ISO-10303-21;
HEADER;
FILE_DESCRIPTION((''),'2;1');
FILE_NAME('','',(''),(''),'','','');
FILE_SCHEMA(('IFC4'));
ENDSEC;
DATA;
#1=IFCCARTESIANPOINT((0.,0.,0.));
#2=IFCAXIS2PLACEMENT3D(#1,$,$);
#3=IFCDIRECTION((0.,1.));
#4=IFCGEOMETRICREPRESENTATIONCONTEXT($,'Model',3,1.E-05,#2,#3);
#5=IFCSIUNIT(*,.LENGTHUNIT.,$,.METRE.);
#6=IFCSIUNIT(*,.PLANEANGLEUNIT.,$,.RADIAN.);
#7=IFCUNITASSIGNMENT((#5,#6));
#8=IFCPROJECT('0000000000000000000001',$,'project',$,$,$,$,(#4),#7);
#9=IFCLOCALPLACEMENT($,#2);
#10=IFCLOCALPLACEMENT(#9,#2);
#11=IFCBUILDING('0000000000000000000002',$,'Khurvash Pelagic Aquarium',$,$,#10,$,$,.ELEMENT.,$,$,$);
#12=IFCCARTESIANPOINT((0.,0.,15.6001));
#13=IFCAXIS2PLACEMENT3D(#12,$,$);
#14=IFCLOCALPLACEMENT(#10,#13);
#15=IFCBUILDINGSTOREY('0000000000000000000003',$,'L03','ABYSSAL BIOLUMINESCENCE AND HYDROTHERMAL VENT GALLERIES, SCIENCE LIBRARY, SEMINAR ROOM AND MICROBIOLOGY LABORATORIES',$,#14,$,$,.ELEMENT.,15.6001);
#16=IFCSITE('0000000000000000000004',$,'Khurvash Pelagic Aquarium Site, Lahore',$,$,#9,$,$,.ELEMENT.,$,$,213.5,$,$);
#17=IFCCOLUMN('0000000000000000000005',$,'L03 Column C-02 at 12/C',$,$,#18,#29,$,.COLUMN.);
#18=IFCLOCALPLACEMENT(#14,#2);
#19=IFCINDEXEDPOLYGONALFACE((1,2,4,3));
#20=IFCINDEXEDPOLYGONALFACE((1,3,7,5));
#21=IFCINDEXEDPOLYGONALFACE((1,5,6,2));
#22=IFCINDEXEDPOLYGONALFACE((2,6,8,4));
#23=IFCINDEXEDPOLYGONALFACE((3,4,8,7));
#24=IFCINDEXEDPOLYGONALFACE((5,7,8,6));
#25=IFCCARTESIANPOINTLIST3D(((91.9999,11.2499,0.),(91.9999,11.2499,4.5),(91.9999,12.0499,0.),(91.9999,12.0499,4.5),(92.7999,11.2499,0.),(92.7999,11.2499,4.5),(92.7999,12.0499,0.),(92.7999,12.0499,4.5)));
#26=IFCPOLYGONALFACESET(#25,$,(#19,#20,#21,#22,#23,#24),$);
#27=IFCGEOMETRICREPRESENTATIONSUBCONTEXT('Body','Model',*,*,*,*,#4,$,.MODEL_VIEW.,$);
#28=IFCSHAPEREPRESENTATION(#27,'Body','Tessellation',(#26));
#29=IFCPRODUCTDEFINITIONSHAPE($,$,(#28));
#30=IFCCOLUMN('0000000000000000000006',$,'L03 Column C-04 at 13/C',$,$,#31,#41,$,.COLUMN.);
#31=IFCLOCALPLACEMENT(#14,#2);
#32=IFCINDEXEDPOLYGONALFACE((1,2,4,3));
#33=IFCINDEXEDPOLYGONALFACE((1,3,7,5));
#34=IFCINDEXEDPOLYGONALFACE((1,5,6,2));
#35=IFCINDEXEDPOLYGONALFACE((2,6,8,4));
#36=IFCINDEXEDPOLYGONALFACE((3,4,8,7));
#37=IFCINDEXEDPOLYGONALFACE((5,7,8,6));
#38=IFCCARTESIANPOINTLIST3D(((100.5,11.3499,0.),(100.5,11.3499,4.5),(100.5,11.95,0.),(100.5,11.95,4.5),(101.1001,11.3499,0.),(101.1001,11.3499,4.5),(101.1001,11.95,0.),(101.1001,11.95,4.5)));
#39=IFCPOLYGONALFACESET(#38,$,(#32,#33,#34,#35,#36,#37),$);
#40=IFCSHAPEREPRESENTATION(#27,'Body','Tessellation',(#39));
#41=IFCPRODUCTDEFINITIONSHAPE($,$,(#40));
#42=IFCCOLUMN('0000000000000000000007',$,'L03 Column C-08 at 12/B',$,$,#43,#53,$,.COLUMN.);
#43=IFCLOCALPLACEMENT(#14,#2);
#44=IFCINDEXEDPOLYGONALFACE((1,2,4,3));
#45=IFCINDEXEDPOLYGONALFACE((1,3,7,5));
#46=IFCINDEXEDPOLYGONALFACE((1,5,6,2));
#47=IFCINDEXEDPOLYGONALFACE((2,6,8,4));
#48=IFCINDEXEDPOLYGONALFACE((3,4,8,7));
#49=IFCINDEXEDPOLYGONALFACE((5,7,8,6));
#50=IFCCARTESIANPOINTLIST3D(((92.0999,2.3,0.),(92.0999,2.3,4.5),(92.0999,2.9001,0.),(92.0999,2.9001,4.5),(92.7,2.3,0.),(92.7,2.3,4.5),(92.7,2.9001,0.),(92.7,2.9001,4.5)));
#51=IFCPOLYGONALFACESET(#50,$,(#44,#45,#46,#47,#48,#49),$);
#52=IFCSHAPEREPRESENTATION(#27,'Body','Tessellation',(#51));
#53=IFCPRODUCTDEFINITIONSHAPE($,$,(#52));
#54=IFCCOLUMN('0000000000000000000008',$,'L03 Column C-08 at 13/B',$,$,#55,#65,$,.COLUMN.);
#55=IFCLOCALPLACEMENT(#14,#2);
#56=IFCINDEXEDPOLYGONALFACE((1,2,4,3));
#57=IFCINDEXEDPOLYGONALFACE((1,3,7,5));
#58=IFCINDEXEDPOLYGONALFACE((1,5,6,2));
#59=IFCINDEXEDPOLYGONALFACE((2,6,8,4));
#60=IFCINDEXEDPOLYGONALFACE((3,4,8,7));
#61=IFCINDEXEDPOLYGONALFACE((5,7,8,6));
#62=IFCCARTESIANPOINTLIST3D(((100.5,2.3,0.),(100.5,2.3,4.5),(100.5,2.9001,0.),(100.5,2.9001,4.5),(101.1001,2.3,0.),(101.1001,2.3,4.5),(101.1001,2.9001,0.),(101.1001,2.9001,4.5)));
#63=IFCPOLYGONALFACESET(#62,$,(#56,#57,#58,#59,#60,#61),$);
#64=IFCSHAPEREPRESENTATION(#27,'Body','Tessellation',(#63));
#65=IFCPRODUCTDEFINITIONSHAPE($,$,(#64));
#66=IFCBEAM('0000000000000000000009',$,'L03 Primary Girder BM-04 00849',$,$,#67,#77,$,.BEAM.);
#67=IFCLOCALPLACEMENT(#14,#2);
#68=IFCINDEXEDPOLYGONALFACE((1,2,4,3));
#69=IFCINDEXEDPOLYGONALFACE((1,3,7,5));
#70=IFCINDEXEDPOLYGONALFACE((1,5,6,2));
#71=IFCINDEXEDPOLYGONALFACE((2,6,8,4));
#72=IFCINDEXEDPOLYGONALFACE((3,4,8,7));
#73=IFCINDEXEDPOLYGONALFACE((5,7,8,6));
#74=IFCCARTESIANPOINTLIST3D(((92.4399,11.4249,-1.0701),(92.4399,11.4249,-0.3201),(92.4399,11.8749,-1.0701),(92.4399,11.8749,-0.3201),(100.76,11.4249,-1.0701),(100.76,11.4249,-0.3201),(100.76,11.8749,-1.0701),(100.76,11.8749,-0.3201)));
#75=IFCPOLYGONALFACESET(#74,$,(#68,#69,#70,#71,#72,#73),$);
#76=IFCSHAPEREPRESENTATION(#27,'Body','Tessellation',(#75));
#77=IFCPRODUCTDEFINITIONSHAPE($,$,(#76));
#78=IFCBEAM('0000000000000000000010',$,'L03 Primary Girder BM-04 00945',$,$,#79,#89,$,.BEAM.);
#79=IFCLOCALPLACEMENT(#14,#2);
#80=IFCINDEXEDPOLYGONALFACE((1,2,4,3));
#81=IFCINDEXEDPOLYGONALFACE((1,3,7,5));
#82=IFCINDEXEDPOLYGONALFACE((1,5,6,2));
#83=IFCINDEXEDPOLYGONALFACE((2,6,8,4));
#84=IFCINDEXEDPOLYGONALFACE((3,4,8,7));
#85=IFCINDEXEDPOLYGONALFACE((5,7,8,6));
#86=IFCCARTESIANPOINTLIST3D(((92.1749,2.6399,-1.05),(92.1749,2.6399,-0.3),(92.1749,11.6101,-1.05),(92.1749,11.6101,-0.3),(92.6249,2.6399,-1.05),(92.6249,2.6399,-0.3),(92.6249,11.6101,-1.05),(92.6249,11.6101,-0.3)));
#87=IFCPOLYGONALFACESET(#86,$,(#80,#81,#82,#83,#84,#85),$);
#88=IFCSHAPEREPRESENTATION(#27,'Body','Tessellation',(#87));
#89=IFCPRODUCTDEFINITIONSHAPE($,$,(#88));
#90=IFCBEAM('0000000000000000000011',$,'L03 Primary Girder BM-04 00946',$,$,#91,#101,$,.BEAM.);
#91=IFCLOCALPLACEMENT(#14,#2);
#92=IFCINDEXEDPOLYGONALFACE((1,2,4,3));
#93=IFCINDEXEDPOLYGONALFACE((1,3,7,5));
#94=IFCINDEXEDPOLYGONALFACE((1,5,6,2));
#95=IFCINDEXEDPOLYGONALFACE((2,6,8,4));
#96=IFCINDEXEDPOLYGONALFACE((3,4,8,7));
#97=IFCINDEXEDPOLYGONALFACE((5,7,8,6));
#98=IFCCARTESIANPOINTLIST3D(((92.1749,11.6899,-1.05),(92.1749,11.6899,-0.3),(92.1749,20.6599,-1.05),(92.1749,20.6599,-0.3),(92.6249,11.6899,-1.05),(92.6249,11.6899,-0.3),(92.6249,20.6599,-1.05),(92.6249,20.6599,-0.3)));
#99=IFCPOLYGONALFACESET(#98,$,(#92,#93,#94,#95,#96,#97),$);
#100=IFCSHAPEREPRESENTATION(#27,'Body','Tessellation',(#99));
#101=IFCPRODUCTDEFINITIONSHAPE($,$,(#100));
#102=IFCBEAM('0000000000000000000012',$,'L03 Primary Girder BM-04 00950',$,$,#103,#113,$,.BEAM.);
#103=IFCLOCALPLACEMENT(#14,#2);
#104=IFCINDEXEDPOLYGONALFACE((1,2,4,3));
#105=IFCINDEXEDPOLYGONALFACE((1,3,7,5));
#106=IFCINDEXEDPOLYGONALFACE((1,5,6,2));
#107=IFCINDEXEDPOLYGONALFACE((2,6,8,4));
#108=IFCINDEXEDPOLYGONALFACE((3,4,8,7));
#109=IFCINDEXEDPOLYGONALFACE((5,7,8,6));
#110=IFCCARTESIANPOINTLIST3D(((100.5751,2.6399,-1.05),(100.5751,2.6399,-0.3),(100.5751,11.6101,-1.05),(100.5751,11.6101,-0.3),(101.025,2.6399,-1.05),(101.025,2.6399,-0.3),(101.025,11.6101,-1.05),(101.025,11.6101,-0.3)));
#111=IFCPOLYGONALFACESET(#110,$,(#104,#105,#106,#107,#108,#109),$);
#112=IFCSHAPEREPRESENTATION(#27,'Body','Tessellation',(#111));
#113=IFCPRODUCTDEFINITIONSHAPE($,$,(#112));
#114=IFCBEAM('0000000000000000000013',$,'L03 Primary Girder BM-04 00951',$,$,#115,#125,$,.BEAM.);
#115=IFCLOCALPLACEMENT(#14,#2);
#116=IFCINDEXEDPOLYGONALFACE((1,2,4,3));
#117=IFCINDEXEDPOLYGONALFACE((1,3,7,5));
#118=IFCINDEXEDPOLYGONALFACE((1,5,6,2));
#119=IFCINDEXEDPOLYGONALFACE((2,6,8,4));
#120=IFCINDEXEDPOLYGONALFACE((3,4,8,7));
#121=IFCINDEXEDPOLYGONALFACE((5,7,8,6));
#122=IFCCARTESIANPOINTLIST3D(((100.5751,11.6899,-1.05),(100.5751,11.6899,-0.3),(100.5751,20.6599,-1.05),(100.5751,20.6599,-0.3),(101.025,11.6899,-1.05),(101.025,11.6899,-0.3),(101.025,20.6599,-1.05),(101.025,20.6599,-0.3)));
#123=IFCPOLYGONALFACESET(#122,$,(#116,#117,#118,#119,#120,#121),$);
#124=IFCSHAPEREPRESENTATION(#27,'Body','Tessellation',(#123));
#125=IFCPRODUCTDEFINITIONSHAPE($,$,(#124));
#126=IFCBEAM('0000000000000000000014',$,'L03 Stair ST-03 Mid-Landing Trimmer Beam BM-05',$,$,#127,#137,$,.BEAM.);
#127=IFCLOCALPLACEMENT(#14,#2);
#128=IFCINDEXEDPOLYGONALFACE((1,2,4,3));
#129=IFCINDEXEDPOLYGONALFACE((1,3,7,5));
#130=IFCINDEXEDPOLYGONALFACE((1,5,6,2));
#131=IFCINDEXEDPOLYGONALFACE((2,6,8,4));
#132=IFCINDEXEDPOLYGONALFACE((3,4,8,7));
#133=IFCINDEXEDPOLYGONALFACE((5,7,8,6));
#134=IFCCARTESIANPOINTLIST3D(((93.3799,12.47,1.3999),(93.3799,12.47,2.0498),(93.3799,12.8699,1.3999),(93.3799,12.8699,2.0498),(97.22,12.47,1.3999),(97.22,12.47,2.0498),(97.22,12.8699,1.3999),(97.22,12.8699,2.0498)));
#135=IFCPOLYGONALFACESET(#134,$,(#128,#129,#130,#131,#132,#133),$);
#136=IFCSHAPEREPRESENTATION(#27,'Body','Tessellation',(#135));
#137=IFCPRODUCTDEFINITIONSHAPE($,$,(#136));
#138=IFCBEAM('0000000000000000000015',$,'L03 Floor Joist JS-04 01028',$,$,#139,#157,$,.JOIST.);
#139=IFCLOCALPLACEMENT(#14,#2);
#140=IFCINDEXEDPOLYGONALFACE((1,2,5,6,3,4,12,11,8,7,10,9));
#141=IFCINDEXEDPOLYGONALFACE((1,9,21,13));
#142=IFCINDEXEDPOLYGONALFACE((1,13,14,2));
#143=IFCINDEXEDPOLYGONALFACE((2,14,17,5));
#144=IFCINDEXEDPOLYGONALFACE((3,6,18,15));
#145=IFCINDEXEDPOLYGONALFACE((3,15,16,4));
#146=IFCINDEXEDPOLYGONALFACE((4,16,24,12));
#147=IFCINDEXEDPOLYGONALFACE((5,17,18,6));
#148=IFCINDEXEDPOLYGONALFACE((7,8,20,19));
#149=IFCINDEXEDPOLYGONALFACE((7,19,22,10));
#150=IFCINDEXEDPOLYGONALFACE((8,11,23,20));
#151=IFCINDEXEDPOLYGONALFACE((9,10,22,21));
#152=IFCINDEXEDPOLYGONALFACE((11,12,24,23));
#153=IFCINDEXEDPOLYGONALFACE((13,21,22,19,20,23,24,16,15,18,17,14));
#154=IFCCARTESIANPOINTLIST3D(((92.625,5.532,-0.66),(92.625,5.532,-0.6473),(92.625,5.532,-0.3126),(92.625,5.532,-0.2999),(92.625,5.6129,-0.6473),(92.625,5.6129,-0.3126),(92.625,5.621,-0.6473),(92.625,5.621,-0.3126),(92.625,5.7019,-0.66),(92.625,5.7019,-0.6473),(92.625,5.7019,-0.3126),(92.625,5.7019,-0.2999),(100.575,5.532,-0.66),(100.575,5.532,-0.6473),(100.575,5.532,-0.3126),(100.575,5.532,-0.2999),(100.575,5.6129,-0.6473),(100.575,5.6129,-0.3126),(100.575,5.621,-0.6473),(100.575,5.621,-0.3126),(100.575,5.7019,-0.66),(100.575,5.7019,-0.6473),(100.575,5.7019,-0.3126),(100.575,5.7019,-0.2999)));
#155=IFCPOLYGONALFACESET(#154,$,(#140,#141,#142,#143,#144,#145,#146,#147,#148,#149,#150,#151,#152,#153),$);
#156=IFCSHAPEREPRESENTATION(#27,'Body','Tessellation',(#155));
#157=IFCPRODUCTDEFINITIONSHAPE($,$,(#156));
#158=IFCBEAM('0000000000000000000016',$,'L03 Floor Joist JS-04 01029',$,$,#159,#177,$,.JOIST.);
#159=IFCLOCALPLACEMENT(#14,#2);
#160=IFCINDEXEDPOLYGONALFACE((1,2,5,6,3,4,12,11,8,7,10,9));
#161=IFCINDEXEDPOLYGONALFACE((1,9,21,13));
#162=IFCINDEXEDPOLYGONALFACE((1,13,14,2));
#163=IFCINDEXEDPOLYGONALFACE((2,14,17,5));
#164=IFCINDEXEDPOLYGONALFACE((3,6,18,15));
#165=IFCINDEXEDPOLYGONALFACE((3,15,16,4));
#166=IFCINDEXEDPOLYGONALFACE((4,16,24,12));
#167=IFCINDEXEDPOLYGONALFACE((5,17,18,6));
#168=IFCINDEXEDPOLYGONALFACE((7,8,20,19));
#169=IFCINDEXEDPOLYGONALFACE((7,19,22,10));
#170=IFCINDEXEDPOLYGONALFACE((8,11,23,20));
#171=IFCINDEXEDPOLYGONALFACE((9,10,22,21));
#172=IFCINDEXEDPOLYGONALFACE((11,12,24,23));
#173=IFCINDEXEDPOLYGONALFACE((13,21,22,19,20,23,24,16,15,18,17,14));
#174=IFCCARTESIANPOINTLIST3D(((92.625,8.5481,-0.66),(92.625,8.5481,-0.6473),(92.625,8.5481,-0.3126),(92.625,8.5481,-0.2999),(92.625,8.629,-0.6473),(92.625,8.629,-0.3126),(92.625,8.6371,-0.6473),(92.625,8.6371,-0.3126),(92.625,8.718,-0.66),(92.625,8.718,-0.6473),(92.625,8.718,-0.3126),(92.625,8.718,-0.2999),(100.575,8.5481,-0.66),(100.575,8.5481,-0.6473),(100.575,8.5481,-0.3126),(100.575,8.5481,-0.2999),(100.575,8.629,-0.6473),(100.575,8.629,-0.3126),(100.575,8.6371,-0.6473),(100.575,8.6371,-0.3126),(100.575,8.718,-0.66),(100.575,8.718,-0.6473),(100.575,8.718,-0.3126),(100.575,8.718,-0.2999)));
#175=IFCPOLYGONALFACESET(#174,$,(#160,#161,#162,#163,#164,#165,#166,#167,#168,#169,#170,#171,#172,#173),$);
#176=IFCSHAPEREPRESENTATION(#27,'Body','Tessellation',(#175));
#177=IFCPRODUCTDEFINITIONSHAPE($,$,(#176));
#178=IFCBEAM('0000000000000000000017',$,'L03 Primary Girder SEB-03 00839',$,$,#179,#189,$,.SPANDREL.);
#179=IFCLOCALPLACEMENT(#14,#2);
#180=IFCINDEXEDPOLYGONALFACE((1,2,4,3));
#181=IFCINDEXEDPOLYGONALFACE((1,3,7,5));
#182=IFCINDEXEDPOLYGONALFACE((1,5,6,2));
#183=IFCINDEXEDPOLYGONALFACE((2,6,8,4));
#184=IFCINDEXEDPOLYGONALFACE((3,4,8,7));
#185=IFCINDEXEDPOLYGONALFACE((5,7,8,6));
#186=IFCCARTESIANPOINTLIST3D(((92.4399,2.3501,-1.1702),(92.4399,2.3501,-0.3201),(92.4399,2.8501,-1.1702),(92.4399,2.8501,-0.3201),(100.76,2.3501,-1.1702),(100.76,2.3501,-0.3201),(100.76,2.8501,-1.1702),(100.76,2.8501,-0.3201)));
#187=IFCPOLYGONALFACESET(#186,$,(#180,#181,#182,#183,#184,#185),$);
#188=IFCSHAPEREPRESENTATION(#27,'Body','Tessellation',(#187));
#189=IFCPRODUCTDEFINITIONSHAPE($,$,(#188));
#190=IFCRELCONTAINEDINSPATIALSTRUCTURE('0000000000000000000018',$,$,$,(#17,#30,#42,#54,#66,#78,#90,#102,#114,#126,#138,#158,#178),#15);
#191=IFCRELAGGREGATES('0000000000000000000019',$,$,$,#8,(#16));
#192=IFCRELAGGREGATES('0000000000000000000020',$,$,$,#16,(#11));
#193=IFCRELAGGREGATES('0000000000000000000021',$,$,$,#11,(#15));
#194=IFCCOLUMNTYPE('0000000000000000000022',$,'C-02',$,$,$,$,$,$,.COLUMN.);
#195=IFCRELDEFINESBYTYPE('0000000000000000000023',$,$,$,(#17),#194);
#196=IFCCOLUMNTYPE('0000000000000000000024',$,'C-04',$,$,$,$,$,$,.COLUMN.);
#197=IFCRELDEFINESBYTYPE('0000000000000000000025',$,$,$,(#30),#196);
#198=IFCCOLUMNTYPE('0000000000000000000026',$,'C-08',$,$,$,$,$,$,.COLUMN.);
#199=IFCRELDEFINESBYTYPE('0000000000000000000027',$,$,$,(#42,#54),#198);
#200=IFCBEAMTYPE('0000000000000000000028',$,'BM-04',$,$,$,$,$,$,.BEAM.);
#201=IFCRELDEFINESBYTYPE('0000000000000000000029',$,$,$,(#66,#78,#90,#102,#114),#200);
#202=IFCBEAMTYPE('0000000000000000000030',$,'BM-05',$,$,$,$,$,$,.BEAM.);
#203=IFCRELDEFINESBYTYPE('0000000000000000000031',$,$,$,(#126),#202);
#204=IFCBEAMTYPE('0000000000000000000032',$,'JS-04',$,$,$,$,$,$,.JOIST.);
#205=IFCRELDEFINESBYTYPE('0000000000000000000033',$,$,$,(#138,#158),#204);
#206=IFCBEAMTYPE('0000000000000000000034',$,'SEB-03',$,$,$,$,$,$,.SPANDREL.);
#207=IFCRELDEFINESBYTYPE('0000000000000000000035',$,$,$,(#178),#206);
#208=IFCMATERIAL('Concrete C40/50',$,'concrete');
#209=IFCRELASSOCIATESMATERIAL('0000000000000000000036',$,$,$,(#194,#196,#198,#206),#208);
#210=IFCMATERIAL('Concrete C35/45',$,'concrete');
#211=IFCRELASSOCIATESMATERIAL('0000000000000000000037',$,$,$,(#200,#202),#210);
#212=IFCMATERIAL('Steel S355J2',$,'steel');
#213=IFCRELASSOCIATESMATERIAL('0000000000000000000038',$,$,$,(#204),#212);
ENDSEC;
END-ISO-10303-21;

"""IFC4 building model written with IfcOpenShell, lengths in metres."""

from ifc_helpers import new_model, si_unit, direction, frame, origin, origin_2d, place, context, subcontext, project, spatial, rectangle, i_section, extrude, material, material_profile, profile_set, type_object, element, save


model = new_model("IFC4")

# Units and contexts
model_context = context("Model", 3, precision=1e-05, world=origin(), true_north=direction((0.0, 1.0)))
body_context = subcontext(model_context, "Body", "Model", "MODEL_VIEW")
ifc_project = project(units=[si_unit("LENGTHUNIT", "METRE"), si_unit("PLANEANGLEUNIT", "RADIAN")], contexts=[model_context])

# Site, building, storey
site_placement = place(None, origin())
site = spatial("IfcSite", under=ifc_project, at=site_placement, Name="Khurvash Pelagic Aquarium Site, Lahore", CompositionType="ELEMENT", RefElevation=213.5)
building_placement = place(site_placement, origin())
building = spatial("IfcBuilding", under=site, at=building_placement, Name="Khurvash Pelagic Aquarium", CompositionType="ELEMENT")
storey_placement = place(building_placement, frame((0.0, 0.0, 15.6001)))
storey = spatial("IfcBuildingStorey", under=building, at=storey_placement, Name="L03", Description="ABYSSAL BIOLUMINESCENCE AND HYDROTHERMAL VENT GALLERIES, SCIENCE LIBRARY, SEMINAR ROOM AND MICROBIOLOGY LABORATORIES", CompositionType="ELEMENT", Elevation=15.6001)

# Columns
ifc_material_1 = material(Name="Concrete C40/50", Category="concrete")
ifc_material_profile_1 = material_profile(ifc_material_1, rectangle(XDim=0.8, YDim=0.8, at=origin_2d()), Name="RC800X800")
ifc_profile_set_1 = profile_set([ifc_material_profile_1], Name="Concrete C40/50")
column_type_1 = type_object("IfcColumnType", Name="C-02", PredefinedType="COLUMN", material=ifc_profile_set_1)
column_1_placement = place(storey_placement, frame((92.3999, 11.6499, 0.0), z_axis=(0.0, 0.0, 1.0), x_axis=(1.0, 0.0, 0.0)))
element("IfcColumn", 1, at=column_1_placement, inside=storey, type_object=column_type_1, Name="L03 Column C-02 at 12/C", PredefinedType="COLUMN", context=body_context, shape_type="SweptSolid", body=[
    extrude(rectangle(XDim=0.8, YDim=0.8, at=origin_2d()), origin(), (0.0, 0.0, 1.0), 4.5),
])
ifc_material_profile_2 = material_profile(ifc_material_1, rectangle(XDim=0.6001, YDim=0.6001, at=origin_2d()), Name="RC600X600")
ifc_profile_set_2 = profile_set([ifc_material_profile_2], Name="Concrete C40/50")
column_type_2 = type_object("IfcColumnType", Name="C-04", PredefinedType="COLUMN", material=ifc_profile_set_2)
column_2_placement = place(storey_placement, frame((100.8, 11.6499, 0.0), z_axis=(0.0, 0.0, 1.0), x_axis=(1.0, 0.0, 0.0)))
element("IfcColumn", 2, at=column_2_placement, inside=storey, type_object=column_type_2, Name="L03 Column C-04 at 13/C", PredefinedType="COLUMN", context=body_context, shape_type="SweptSolid", body=[
    extrude(rectangle(XDim=0.6001, YDim=0.6001, at=origin_2d()), origin(), (0.0, 0.0, 1.0), 4.5),
])
ifc_material_profile_3 = material_profile(ifc_material_1, rectangle(XDim=0.6001, YDim=0.6001, at=origin_2d()), Name="RC600X600")
ifc_profile_set_3 = profile_set([ifc_material_profile_3], Name="Concrete C40/50")
column_type_3 = type_object("IfcColumnType", Name="C-08", PredefinedType="COLUMN", material=ifc_profile_set_3)
for number, where, z_axis, x_axis, name in (
    (3, (92.3999, 2.6001, 0.0), (0.0, 0.0, 1.0), (1.0, 0.0, 0.0), "L03 Column C-08 at 12/B"),
    (4, (100.8, 2.6001, 0.0), (0.0, 0.0, 1.0), (1.0, 0.0, 0.0), "L03 Column C-08 at 13/B"),
):
    element("IfcColumn", number, at=place(storey_placement, frame(where, z_axis=z_axis, x_axis=x_axis)), inside=storey, type_object=column_type_3, Name=name, PredefinedType="COLUMN", context=body_context, shape_type="SweptSolid", body=[
        extrude(rectangle(XDim=0.6001, YDim=0.6001, at=origin_2d()), origin(), (0.0, 0.0, 1.0), 4.5),
    ])

# Beams
ifc_material_2 = material(Name="Concrete C35/45", Category="concrete")
ifc_material_profile_4 = material_profile(ifc_material_2, rectangle(XDim=0.45, YDim=0.75, at=origin_2d()), Name="RC450X750")
ifc_profile_set_4 = profile_set([ifc_material_profile_4], Name="Concrete C35/45")
beam_type_1 = type_object("IfcBeamType", Name="BM-04", PredefinedType="BEAM", material=ifc_profile_set_4)
beam_1_placement = place(storey_placement, frame((92.4399, 11.6499, -0.6951), z_axis=(1.0, 0.0, 0.0), x_axis=(0.0, 1.0, 0.0)))
element("IfcBeam", 5, at=beam_1_placement, inside=storey, type_object=beam_type_1, Name="L03 Primary Girder BM-04 00849", PredefinedType="BEAM", context=body_context, shape_type="SweptSolid", body=[
    extrude(rectangle(XDim=0.45, YDim=0.75, at=origin_2d()), origin(), (0.0, 0.0, 1.0), 8.3201),
])
beam_2_placement = place(storey_placement, frame((92.3999, 2.6399, -0.675), z_axis=(0.0, 1.0, 0.0), x_axis=(-1.0, 0.0, 0.0)))
element("IfcBeam", 6, at=beam_2_placement, inside=storey, type_object=beam_type_1, Name="L03 Primary Girder BM-04 00945", PredefinedType="BEAM", context=body_context, shape_type="SweptSolid", body=[
    extrude(rectangle(XDim=0.45, YDim=0.75, at=origin_2d()), origin(), (0.0, 0.0, 1.0), 8.9702),
])
beam_3_placement = place(storey_placement, frame((92.3999, 11.6899, -0.675), z_axis=(0.0, 1.0, 0.0), x_axis=(-1.0, 0.0, 0.0)))
element("IfcBeam", 7, at=beam_3_placement, inside=storey, type_object=beam_type_1, Name="L03 Primary Girder BM-04 00946", PredefinedType="BEAM", context=body_context, shape_type="SweptSolid", body=[
    extrude(rectangle(XDim=0.45, YDim=0.75, at=origin_2d()), origin(), (0.0, 0.0, 1.0), 8.97),
])
beam_4_placement = place(storey_placement, frame((100.8, 2.6399, -0.675), z_axis=(0.0, 1.0, 0.0), x_axis=(-1.0, 0.0, 0.0)))
element("IfcBeam", 8, at=beam_4_placement, inside=storey, type_object=beam_type_1, Name="L03 Primary Girder BM-04 00950", PredefinedType="BEAM", context=body_context, shape_type="SweptSolid", body=[
    extrude(rectangle(XDim=0.45, YDim=0.75, at=origin_2d()), origin(), (0.0, 0.0, 1.0), 8.9702),
])
beam_5_placement = place(storey_placement, frame((100.8, 11.6899, -0.675), z_axis=(0.0, 1.0, 0.0), x_axis=(-1.0, 0.0, 0.0)))
element("IfcBeam", 9, at=beam_5_placement, inside=storey, type_object=beam_type_1, Name="L03 Primary Girder BM-04 00951", PredefinedType="BEAM", context=body_context, shape_type="SweptSolid", body=[
    extrude(rectangle(XDim=0.45, YDim=0.75, at=origin_2d()), origin(), (0.0, 0.0, 1.0), 8.97),
])
ifc_material_profile_5 = material_profile(ifc_material_2, rectangle(XDim=0.3999, YDim=0.6499, at=origin_2d()), Name="RC400X650")
ifc_profile_set_5 = profile_set([ifc_material_profile_5], Name="Concrete C35/45")
beam_type_2 = type_object("IfcBeamType", Name="BM-05", PredefinedType="BEAM", material=ifc_profile_set_5)
beam_6_placement = place(storey_placement, frame((93.3799, 12.6699, 1.7249), z_axis=(1.0, 0.0, 0.0), x_axis=(0.0, 1.0, 0.0)))
element("IfcBeam", 10, at=beam_6_placement, inside=storey, type_object=beam_type_2, Name="L03 Stair ST-03 Mid-Landing Trimmer Beam BM-05", PredefinedType="BEAM", context=body_context, shape_type="SweptSolid", body=[
    extrude(rectangle(XDim=0.3999, YDim=0.6499, at=origin_2d()), origin(), (0.0, 0.0, 1.0), 3.8401),
])
ifc_material_3 = material(Name="Steel S355J2", Category="steel")
ifc_material_profile_6 = material_profile(ifc_material_3, i_section(OverallWidth=0.1699, OverallDepth=0.3601, WebThickness=0.0081, FlangeThickness=0.0127, at=origin_2d()), Name="IPE360")
ifc_profile_set_6 = profile_set([ifc_material_profile_6], Name="Steel S355J2")
beam_type_3 = type_object("IfcBeamType", Name="JS-04", PredefinedType="JOIST", material=ifc_profile_set_6)
for number, where, z_axis, x_axis, name in (
    (11, (92.625, 5.6169, -0.48), (1.0, 0.0, 0.0), (0.0, 1.0, 0.0), "L03 Floor Joist JS-04 01028"),
    (12, (92.625, 8.6331, -0.48), (1.0, 0.0, 0.0), (0.0, 1.0, 0.0), "L03 Floor Joist JS-04 01029"),
):
    element("IfcBeam", number, at=place(storey_placement, frame(where, z_axis=z_axis, x_axis=x_axis)), inside=storey, type_object=beam_type_3, Name=name, PredefinedType="JOIST", context=body_context, shape_type="SweptSolid", body=[
        extrude(i_section(OverallWidth=0.1699, OverallDepth=0.3601, WebThickness=0.0081, FlangeThickness=0.0127, at=origin_2d()), origin(), (0.0, 0.0, 1.0), 7.95),
    ])
ifc_material_profile_7 = material_profile(ifc_material_1, rectangle(XDim=0.5, YDim=0.8501, at=origin_2d()), Name="RC500X850")
ifc_profile_set_7 = profile_set([ifc_material_profile_7], Name="Concrete C40/50")
beam_type_4 = type_object("IfcBeamType", Name="SEB-03", PredefinedType="SPANDREL", material=ifc_profile_set_7)
beam_7_placement = place(storey_placement, frame((92.4399, 2.6001, -0.7451), z_axis=(1.0, 0.0, 0.0), x_axis=(0.0, 1.0, 0.0)))
element("IfcBeam", 13, at=beam_7_placement, inside=storey, type_object=beam_type_4, Name="L03 Primary Girder SEB-03 00839", PredefinedType="SPANDREL", context=body_context, shape_type="SweptSolid", body=[
    extrude(rectangle(XDim=0.5, YDim=0.8501, at=origin_2d()), origin(), (0.0, 0.0, 1.0), 8.3201),
])

save(model, "model.ifc")
